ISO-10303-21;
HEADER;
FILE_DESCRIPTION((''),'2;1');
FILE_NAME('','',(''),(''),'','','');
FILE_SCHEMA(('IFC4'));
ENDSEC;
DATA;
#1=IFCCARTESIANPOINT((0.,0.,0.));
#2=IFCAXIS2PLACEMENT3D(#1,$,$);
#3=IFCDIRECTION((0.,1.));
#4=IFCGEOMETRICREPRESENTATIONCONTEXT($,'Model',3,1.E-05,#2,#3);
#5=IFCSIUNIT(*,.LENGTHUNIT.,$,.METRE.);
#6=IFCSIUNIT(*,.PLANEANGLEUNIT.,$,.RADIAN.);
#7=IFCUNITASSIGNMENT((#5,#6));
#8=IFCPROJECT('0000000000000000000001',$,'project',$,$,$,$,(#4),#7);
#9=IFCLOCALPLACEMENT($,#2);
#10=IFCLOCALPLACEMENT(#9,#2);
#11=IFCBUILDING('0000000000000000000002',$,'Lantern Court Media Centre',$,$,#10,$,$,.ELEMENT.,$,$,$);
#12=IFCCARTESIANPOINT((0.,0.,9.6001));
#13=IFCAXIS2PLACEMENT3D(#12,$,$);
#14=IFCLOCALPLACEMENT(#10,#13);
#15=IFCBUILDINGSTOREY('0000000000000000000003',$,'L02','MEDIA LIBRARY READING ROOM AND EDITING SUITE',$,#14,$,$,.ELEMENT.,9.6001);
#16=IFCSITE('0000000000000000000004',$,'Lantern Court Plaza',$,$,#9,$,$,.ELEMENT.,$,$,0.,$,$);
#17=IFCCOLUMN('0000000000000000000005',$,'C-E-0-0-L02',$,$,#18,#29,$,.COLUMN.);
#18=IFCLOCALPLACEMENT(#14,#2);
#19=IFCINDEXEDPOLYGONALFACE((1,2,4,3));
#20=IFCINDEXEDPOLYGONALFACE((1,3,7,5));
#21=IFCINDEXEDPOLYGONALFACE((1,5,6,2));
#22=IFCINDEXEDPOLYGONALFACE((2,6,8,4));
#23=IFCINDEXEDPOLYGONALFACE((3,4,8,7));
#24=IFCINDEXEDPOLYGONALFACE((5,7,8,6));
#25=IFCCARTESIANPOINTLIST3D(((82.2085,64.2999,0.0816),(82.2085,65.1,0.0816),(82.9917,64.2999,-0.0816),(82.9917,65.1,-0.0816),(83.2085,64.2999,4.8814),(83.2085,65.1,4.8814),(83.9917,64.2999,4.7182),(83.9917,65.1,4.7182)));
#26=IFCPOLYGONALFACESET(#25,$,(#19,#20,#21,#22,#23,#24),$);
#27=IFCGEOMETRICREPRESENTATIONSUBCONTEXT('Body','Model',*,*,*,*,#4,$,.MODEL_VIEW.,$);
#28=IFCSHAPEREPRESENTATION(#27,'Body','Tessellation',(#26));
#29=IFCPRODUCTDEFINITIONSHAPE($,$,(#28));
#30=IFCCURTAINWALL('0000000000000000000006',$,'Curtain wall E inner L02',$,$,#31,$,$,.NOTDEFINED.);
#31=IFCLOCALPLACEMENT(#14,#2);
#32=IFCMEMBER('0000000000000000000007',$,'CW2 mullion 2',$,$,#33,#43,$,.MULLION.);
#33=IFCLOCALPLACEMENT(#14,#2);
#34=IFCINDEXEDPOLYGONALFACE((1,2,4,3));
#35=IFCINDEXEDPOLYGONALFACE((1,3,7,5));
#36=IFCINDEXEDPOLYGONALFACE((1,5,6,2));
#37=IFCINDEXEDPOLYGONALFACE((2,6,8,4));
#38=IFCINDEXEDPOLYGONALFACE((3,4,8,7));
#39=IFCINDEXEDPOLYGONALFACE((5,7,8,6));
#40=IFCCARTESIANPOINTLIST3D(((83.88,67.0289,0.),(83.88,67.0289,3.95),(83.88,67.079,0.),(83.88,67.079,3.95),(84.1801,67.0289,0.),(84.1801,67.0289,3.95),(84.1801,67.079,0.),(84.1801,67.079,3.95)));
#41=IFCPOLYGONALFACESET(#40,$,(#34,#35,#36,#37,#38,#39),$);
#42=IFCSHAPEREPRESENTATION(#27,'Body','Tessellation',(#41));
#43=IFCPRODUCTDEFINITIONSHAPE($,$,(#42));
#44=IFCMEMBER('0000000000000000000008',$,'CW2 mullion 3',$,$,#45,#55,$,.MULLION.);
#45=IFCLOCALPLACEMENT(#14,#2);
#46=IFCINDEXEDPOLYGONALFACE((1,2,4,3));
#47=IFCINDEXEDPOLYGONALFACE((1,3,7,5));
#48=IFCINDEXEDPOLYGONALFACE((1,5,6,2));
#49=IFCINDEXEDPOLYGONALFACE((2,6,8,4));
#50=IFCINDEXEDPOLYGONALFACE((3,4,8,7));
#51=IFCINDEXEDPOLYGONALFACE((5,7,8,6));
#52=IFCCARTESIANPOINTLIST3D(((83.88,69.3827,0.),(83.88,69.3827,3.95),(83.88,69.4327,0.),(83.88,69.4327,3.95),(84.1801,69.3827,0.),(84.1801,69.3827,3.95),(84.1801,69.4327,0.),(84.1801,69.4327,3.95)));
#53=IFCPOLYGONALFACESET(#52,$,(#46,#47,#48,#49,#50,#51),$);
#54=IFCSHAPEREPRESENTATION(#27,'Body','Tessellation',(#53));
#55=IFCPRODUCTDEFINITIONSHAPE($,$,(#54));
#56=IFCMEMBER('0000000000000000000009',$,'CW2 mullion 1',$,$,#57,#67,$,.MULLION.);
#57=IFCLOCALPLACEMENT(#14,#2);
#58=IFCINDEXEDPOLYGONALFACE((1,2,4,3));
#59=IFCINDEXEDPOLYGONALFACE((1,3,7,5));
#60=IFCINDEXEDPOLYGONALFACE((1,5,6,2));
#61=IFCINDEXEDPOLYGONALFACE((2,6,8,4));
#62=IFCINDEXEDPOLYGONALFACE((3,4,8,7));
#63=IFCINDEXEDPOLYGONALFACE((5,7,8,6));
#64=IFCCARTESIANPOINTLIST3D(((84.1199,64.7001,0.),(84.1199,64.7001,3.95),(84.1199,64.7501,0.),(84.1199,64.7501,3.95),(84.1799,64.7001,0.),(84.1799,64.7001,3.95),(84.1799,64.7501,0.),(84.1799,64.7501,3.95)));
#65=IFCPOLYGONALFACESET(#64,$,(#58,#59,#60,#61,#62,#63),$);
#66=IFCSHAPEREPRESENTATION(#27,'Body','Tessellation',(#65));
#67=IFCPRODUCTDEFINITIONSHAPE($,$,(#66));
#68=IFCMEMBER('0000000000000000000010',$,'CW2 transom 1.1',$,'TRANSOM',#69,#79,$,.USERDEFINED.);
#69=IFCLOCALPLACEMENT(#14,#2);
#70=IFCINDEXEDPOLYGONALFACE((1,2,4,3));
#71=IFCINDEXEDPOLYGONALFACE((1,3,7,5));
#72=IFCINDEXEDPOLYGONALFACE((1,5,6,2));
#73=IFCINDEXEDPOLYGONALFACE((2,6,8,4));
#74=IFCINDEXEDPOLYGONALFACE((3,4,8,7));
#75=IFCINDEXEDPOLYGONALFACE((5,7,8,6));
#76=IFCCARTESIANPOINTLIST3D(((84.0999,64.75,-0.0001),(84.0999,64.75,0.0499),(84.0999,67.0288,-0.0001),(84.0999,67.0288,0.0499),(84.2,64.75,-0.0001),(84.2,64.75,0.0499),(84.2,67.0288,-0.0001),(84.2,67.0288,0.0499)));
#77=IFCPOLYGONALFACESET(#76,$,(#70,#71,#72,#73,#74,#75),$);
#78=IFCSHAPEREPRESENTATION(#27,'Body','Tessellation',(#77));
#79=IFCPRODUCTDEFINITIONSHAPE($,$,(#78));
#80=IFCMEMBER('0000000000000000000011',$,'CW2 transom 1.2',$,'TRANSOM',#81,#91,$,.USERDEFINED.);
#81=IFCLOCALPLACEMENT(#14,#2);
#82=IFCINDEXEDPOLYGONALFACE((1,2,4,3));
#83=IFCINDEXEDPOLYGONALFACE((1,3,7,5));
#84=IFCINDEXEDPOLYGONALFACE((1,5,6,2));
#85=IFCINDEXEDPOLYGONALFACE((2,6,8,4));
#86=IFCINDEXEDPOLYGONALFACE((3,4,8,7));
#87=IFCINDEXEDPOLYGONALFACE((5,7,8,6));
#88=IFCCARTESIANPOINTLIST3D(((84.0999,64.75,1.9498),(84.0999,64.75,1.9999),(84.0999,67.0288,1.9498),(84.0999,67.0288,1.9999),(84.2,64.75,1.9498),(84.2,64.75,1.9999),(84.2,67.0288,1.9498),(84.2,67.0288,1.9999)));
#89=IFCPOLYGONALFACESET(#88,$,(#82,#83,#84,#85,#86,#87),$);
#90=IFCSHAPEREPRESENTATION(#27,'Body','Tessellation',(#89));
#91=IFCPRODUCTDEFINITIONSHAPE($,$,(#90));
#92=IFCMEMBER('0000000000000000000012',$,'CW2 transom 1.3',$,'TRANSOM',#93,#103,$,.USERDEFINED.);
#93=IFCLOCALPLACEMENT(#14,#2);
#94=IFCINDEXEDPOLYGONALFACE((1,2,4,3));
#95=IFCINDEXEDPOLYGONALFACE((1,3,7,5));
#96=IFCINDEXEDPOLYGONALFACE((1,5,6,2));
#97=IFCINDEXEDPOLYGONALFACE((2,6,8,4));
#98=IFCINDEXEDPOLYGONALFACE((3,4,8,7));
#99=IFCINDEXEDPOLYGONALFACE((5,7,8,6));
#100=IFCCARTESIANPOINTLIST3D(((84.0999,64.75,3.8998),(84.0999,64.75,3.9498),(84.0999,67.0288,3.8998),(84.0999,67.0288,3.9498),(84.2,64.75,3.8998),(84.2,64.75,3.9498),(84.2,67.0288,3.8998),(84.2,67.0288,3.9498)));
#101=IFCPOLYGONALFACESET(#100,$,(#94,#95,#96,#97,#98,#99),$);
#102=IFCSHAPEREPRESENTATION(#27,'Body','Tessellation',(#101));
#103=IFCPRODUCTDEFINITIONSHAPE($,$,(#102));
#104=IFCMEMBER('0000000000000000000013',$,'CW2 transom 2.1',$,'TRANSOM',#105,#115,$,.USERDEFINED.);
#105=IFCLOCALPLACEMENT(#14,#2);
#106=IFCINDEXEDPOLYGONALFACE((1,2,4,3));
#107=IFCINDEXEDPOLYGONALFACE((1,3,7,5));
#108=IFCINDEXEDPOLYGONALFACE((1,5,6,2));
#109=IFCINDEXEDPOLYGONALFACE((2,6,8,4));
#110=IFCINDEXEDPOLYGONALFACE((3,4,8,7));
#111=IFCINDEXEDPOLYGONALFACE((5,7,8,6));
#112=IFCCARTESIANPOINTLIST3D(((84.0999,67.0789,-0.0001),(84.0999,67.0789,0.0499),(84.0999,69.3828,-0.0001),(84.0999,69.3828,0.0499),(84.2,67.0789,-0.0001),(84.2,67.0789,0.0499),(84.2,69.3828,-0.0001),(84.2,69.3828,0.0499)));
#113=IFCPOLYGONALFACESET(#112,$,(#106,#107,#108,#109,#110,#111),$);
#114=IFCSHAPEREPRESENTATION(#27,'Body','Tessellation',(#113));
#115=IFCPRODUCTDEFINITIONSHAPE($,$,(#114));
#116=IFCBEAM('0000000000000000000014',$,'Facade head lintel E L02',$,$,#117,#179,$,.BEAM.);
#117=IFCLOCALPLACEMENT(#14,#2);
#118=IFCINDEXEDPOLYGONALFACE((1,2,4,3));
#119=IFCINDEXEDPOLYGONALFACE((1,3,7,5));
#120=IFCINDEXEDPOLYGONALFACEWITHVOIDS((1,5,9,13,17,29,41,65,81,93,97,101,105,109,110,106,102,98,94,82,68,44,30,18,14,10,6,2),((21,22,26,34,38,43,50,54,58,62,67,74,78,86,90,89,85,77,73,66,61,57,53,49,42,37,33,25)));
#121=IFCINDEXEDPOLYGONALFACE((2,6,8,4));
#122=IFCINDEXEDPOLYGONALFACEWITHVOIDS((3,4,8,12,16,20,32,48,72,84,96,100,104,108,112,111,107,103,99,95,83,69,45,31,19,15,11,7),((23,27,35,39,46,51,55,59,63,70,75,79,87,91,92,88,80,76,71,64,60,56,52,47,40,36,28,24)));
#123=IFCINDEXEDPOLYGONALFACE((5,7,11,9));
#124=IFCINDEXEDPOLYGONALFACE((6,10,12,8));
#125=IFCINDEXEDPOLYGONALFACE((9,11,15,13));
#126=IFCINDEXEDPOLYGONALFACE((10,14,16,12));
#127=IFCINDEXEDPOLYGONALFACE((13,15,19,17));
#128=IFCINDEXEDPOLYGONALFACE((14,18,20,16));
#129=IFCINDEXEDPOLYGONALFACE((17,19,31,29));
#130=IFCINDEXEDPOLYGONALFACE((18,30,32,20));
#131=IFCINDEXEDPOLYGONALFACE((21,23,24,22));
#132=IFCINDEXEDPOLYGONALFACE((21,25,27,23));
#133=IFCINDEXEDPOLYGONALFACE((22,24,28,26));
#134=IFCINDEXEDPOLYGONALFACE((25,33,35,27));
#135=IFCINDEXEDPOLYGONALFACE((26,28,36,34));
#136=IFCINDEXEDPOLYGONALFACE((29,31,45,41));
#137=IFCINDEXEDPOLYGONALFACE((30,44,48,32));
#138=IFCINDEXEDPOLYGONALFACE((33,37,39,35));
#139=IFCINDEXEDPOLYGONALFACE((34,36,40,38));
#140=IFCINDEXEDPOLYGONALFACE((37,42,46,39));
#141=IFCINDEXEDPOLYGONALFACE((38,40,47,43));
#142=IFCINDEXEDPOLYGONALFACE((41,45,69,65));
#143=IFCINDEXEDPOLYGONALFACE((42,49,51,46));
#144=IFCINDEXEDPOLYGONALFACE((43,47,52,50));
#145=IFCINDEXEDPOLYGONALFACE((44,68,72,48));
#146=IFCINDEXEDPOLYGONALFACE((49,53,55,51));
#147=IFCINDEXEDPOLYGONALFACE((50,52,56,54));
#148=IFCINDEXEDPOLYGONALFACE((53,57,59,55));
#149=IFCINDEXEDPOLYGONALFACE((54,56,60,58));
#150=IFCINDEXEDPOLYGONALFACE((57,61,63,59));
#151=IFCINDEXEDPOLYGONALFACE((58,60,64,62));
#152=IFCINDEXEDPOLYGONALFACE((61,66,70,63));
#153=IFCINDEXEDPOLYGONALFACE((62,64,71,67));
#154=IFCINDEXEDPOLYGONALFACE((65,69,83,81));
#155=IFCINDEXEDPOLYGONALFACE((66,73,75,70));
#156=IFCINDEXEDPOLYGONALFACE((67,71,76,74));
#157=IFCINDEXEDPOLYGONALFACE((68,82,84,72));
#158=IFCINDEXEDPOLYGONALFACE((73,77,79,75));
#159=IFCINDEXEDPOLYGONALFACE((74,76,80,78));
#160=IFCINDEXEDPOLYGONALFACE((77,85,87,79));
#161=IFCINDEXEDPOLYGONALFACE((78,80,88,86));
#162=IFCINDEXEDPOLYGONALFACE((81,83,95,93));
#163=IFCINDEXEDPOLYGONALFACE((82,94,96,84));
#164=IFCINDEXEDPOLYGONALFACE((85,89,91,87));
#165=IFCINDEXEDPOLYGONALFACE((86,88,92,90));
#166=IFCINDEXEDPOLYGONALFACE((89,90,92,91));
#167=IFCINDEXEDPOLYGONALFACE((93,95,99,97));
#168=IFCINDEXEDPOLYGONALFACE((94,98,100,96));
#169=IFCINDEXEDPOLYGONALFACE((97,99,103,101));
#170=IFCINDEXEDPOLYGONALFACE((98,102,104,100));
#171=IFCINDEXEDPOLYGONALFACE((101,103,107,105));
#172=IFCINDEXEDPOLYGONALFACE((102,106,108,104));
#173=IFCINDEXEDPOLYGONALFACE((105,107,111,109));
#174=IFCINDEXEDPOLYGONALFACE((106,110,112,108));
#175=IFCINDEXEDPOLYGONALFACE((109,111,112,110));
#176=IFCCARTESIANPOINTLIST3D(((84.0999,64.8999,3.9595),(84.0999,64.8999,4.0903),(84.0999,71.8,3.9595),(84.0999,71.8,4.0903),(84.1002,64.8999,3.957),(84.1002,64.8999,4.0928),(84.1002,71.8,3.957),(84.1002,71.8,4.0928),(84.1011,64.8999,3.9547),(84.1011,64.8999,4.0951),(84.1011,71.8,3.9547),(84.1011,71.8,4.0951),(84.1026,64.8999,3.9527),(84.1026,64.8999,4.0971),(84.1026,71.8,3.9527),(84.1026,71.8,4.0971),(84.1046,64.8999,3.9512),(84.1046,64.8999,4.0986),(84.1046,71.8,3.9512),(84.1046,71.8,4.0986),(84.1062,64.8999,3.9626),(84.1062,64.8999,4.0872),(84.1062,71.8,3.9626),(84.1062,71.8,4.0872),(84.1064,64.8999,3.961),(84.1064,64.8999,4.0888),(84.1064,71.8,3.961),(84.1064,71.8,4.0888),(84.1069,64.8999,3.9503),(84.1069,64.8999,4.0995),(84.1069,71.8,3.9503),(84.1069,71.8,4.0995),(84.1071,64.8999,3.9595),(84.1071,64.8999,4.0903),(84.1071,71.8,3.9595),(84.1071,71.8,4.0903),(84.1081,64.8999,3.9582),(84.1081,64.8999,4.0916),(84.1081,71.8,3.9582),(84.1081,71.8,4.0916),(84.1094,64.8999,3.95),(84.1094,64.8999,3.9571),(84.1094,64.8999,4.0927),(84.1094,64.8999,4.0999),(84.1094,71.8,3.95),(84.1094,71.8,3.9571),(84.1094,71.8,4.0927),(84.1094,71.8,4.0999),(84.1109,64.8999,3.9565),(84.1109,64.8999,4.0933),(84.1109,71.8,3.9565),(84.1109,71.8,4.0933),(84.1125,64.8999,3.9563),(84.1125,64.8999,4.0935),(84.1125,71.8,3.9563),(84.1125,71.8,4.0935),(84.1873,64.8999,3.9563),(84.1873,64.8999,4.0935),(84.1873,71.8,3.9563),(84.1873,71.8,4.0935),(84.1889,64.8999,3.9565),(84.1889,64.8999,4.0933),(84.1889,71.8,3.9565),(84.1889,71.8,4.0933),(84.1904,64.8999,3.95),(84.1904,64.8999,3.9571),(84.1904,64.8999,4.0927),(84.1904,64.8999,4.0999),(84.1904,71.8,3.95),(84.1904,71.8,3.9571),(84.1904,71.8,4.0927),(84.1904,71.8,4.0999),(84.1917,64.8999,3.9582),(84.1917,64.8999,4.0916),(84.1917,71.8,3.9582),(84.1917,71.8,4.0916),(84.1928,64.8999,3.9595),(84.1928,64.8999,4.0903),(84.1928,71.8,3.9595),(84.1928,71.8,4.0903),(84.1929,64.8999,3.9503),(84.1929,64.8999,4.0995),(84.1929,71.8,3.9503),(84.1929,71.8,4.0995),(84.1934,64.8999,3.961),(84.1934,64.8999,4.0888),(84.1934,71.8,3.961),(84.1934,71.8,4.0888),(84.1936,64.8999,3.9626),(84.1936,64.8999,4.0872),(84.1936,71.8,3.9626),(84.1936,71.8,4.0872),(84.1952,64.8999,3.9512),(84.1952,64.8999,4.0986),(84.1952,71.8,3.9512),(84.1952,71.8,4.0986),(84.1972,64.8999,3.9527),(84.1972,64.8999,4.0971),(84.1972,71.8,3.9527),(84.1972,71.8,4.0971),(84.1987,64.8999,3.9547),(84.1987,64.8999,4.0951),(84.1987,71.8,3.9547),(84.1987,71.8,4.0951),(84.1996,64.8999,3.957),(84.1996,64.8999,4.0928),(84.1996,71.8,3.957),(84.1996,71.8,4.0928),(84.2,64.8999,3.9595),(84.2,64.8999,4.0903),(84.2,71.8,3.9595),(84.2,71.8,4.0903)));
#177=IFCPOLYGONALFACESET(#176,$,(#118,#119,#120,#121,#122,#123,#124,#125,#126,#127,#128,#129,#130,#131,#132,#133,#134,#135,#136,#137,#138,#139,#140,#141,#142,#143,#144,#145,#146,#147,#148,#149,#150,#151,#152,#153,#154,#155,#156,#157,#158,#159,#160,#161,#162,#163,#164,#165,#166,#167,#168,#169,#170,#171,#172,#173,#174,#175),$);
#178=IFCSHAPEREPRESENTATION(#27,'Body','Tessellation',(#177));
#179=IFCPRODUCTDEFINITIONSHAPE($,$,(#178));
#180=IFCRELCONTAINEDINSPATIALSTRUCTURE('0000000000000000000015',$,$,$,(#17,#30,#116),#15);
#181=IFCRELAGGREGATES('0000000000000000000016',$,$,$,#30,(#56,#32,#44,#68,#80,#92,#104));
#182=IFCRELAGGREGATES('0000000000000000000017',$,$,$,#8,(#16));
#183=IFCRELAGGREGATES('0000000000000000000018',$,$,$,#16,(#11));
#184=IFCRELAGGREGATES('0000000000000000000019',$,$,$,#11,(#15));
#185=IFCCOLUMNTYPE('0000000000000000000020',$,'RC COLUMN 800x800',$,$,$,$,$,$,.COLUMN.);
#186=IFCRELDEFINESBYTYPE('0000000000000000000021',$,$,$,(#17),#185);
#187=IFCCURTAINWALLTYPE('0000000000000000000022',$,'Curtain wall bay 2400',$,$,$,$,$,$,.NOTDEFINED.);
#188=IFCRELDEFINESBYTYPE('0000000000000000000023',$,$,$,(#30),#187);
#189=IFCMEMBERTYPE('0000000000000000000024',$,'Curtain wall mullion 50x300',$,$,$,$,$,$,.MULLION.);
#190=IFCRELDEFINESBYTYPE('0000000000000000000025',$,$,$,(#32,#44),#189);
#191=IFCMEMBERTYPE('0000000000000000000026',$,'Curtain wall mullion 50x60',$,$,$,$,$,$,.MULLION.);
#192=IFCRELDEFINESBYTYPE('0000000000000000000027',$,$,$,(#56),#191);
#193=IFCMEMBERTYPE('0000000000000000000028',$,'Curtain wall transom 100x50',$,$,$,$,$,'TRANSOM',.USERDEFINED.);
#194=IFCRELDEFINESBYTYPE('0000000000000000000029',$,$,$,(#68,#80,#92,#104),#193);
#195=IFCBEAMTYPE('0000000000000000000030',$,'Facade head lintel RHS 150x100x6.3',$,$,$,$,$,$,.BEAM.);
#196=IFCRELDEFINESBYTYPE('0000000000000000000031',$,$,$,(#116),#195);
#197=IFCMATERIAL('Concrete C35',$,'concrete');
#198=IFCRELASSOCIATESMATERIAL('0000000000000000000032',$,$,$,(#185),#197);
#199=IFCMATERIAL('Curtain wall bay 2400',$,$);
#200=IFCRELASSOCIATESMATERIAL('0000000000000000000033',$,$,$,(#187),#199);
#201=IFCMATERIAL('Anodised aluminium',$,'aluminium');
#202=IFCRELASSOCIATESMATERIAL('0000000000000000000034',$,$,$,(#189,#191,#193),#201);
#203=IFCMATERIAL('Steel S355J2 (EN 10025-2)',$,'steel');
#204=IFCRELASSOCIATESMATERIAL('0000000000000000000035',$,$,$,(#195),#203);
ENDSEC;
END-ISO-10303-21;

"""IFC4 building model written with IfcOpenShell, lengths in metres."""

from ifc_helpers import new_model, si_unit, direction, frame, origin, origin_2d, place, context, subcontext, project, spatial, rectangle, hollow_rectangle, extrude, material, material_profile, profile_set, type_object, element, aggregate, save


model = new_model("IFC4")

# Units and contexts
model_context = context("Model", 3, precision=1e-05, world=origin(), true_north=direction((0.0, 1.0)))
body_context = subcontext(model_context, "Body", "Model", "MODEL_VIEW")
ifc_project = project(units=[si_unit("LENGTHUNIT", "METRE"), si_unit("PLANEANGLEUNIT", "RADIAN")], contexts=[model_context])

# Site, building, storey
site_placement = place(None, origin())
site = spatial("IfcSite", under=ifc_project, at=site_placement, Name="Lantern Court Plaza", CompositionType="ELEMENT", RefElevation=0.0)
building_placement = place(site_placement, origin())
building = spatial("IfcBuilding", under=site, at=building_placement, Name="Lantern Court Media Centre", CompositionType="ELEMENT")
storey_placement = place(building_placement, frame((0.0, 0.0, 9.6001)))
storey = spatial("IfcBuildingStorey", under=building, at=storey_placement, Name="L02", Description="MEDIA LIBRARY READING ROOM AND EDITING SUITE", CompositionType="ELEMENT", Elevation=9.6001)

# Column
ifc_material_1 = material(Name="Concrete C35", Category="concrete")
ifc_material_profile_1 = material_profile(ifc_material_1, rectangle(XDim=0.8, YDim=0.8, at=origin_2d()), Name="RC 800x800")
ifc_profile_set_1 = profile_set([ifc_material_profile_1], Name="Concrete C35")
column_type = type_object("IfcColumnType", Name="RC COLUMN 800x800", PredefinedType="COLUMN", material=ifc_profile_set_1)
column_placement = place(storey_placement, frame((82.6001, 64.7, 0.0), z_axis=(0.203962, 0.0, 0.978979), x_axis=(0.0, 1.0, 0.0)))
element("IfcColumn", 1, at=column_placement, inside=storey, type_object=column_type, Name="C-E-0-0-L02", PredefinedType="COLUMN", context=body_context, shape_type="SweptSolid", body=[
    extrude(rectangle(XDim=0.8, YDim=0.8, at=origin_2d()), origin(), (0.0, 0.0, 1.0), 4.9028),
])

# Curtain wall, members
ifc_material_2 = material(Name="Curtain wall bay 2400")
curtain_wall_type = type_object("IfcCurtainWallType", Name="Curtain wall bay 2400", PredefinedType="NOTDEFINED", material=ifc_material_2)
curtain_wall_placement = place(storey_placement, origin())
curtain_wall = element("IfcCurtainWall", 2, at=curtain_wall_placement, inside=storey, type_object=curtain_wall_type, Name="Curtain wall E inner L02", PredefinedType="NOTDEFINED")
ifc_material_3 = material(Name="Anodised aluminium", Category="aluminium")
ifc_material_profile_2 = material_profile(ifc_material_3, rectangle(XDim=0.3, YDim=0.05, at=origin_2d()), Name="AL 50x300")
ifc_profile_set_2 = profile_set([ifc_material_profile_2], Name="Anodised aluminium")
member_type_1 = type_object("IfcMemberType", Name="Curtain wall mullion 50x300", PredefinedType="MULLION", material=ifc_profile_set_2)
member_1_placement = place(storey_placement, frame((84.03, 67.054, 0.0), z_axis=(0.0, 0.0, 1.0), x_axis=(-1.0, 0.0, 0.0)))
member_1 = element("IfcMember", 3, at=member_1_placement, type_object=member_type_1, Name="CW2 mullion 2", PredefinedType="MULLION", context=body_context, shape_type="SweptSolid", body=[
    extrude(rectangle(XDim=0.3, YDim=0.05, at=origin_2d()), origin(), (0.0, 0.0, 1.0), 3.95),
])
member_2_placement = place(storey_placement, frame((84.03, 69.4077, 0.0), z_axis=(0.0, 0.0, 1.0), x_axis=(-1.0, 0.0, 0.0)))
member_2 = element("IfcMember", 4, at=member_2_placement, type_object=member_type_1, Name="CW2 mullion 3", PredefinedType="MULLION", context=body_context, shape_type="SweptSolid", body=[
    extrude(rectangle(XDim=0.3, YDim=0.05, at=origin_2d()), origin(), (0.0, 0.0, 1.0), 3.95),
])
ifc_material_profile_3 = material_profile(ifc_material_3, rectangle(XDim=0.0601, YDim=0.05, at=origin_2d()), Name="AL 50x60")
ifc_profile_set_3 = profile_set([ifc_material_profile_3], Name="Anodised aluminium")
member_type_2 = type_object("IfcMemberType", Name="Curtain wall mullion 50x60", PredefinedType="MULLION", material=ifc_profile_set_3)
member_3_placement = place(storey_placement, frame((84.1499, 64.7251, 0.0), z_axis=(0.0, 0.0, 1.0), x_axis=(-1.0, 0.0, 0.0)))
member_3 = element("IfcMember", 5, at=member_3_placement, type_object=member_type_2, Name="CW2 mullion 1", PredefinedType="MULLION", context=body_context, shape_type="SweptSolid", body=[
    extrude(rectangle(XDim=0.0601, YDim=0.05, at=origin_2d()), origin(), (0.0, 0.0, 1.0), 3.95),
])
ifc_material_profile_4 = material_profile(ifc_material_3, rectangle(XDim=0.1001, YDim=0.05, at=origin_2d()), Name="AL 50x100")
ifc_profile_set_4 = profile_set([ifc_material_profile_4], Name="Anodised aluminium")
member_type_3 = type_object("IfcMemberType", Name="Curtain wall transom 100x50", ElementType="TRANSOM", PredefinedType="USERDEFINED", material=ifc_profile_set_4)
member_4_placement = place(storey_placement, frame((84.1499, 64.75, 0.0249), z_axis=(0.0, 1.0, 0.0), x_axis=(-1.0, 0.0, 0.0)))
member_4 = element("IfcMember", 6, at=member_4_placement, type_object=member_type_3, Name="CW2 transom 1.1", ObjectType="TRANSOM", PredefinedType="USERDEFINED", context=body_context, shape_type="SweptSolid", body=[
    extrude(rectangle(XDim=0.1001, YDim=0.05, at=origin_2d()), origin(), (0.0, 0.0, 1.0), 2.2788),
])
member_5_placement = place(storey_placement, frame((84.1499, 64.75, 1.9749), z_axis=(0.0, 1.0, 0.0), x_axis=(-1.0, 0.0, 0.0)))
member_5 = element("IfcMember", 7, at=member_5_placement, type_object=member_type_3, Name="CW2 transom 1.2", ObjectType="TRANSOM", PredefinedType="USERDEFINED", context=body_context, shape_type="SweptSolid", body=[
    extrude(rectangle(XDim=0.1001, YDim=0.05, at=origin_2d()), origin(), (0.0, 0.0, 1.0), 2.2788),
])
member_6_placement = place(storey_placement, frame((84.1499, 64.75, 3.9248), z_axis=(0.0, 1.0, 0.0), x_axis=(-1.0, 0.0, 0.0)))
member_6 = element("IfcMember", 8, at=member_6_placement, type_object=member_type_3, Name="CW2 transom 1.3", ObjectType="TRANSOM", PredefinedType="USERDEFINED", context=body_context, shape_type="SweptSolid", body=[
    extrude(rectangle(XDim=0.1001, YDim=0.05, at=origin_2d()), origin(), (0.0, 0.0, 1.0), 2.2788),
])
member_7_placement = place(storey_placement, frame((84.1499, 67.0789, 0.0249), z_axis=(0.0, 1.0, 0.0), x_axis=(-1.0, 0.0, 0.0)))
member_7 = element("IfcMember", 9, at=member_7_placement, type_object=member_type_3, Name="CW2 transom 2.1", ObjectType="TRANSOM", PredefinedType="USERDEFINED", context=body_context, shape_type="SweptSolid", body=[
    extrude(rectangle(XDim=0.1001, YDim=0.05, at=origin_2d()), origin(), (0.0, 0.0, 1.0), 2.304),
])

# Beam
ifc_material_4 = material(Name="Steel S355J2 (EN 10025-2)", Category="steel")
ifc_material_profile_5 = material_profile(ifc_material_4, hollow_rectangle(XDim=0.1001, YDim=0.1499, WallThickness=0.0063, InnerFilletRadius=0.0063, OuterFilletRadius=0.0095, at=origin_2d()), Name="Facade head lintel RHS 150x100x6.3")
ifc_profile_set_5 = profile_set([ifc_material_profile_5], Name="Steel S355J2 (EN 10025-2)")
beam_type_1 = type_object("IfcBeamType", Name="Facade head lintel RHS 150x100x6.3", PredefinedType="BEAM", material=ifc_profile_set_5)
beam_1_placement = place(storey_placement, frame((84.1499, 64.8999, 4.0249), z_axis=(0.0, 1.0, 0.0), x_axis=(-1.0, 0.0, 0.0)))
element("IfcBeam", 10, at=beam_1_placement, inside=storey, type_object=beam_type_1, Name="Facade head lintel E L02", PredefinedType="BEAM", context=body_context, shape_type="SweptSolid", body=[
    extrude(hollow_rectangle(XDim=0.1001, YDim=0.1499, WallThickness=0.0063, InnerFilletRadius=0.0063, OuterFilletRadius=0.0095, at=origin_2d()), origin(), (0.0, 0.0, 1.0), 6.9001),
])

aggregate(curtain_wall, [member_3, member_1, member_2, member_4, member_5, member_6, member_7])

save(model, "model.ifc")
